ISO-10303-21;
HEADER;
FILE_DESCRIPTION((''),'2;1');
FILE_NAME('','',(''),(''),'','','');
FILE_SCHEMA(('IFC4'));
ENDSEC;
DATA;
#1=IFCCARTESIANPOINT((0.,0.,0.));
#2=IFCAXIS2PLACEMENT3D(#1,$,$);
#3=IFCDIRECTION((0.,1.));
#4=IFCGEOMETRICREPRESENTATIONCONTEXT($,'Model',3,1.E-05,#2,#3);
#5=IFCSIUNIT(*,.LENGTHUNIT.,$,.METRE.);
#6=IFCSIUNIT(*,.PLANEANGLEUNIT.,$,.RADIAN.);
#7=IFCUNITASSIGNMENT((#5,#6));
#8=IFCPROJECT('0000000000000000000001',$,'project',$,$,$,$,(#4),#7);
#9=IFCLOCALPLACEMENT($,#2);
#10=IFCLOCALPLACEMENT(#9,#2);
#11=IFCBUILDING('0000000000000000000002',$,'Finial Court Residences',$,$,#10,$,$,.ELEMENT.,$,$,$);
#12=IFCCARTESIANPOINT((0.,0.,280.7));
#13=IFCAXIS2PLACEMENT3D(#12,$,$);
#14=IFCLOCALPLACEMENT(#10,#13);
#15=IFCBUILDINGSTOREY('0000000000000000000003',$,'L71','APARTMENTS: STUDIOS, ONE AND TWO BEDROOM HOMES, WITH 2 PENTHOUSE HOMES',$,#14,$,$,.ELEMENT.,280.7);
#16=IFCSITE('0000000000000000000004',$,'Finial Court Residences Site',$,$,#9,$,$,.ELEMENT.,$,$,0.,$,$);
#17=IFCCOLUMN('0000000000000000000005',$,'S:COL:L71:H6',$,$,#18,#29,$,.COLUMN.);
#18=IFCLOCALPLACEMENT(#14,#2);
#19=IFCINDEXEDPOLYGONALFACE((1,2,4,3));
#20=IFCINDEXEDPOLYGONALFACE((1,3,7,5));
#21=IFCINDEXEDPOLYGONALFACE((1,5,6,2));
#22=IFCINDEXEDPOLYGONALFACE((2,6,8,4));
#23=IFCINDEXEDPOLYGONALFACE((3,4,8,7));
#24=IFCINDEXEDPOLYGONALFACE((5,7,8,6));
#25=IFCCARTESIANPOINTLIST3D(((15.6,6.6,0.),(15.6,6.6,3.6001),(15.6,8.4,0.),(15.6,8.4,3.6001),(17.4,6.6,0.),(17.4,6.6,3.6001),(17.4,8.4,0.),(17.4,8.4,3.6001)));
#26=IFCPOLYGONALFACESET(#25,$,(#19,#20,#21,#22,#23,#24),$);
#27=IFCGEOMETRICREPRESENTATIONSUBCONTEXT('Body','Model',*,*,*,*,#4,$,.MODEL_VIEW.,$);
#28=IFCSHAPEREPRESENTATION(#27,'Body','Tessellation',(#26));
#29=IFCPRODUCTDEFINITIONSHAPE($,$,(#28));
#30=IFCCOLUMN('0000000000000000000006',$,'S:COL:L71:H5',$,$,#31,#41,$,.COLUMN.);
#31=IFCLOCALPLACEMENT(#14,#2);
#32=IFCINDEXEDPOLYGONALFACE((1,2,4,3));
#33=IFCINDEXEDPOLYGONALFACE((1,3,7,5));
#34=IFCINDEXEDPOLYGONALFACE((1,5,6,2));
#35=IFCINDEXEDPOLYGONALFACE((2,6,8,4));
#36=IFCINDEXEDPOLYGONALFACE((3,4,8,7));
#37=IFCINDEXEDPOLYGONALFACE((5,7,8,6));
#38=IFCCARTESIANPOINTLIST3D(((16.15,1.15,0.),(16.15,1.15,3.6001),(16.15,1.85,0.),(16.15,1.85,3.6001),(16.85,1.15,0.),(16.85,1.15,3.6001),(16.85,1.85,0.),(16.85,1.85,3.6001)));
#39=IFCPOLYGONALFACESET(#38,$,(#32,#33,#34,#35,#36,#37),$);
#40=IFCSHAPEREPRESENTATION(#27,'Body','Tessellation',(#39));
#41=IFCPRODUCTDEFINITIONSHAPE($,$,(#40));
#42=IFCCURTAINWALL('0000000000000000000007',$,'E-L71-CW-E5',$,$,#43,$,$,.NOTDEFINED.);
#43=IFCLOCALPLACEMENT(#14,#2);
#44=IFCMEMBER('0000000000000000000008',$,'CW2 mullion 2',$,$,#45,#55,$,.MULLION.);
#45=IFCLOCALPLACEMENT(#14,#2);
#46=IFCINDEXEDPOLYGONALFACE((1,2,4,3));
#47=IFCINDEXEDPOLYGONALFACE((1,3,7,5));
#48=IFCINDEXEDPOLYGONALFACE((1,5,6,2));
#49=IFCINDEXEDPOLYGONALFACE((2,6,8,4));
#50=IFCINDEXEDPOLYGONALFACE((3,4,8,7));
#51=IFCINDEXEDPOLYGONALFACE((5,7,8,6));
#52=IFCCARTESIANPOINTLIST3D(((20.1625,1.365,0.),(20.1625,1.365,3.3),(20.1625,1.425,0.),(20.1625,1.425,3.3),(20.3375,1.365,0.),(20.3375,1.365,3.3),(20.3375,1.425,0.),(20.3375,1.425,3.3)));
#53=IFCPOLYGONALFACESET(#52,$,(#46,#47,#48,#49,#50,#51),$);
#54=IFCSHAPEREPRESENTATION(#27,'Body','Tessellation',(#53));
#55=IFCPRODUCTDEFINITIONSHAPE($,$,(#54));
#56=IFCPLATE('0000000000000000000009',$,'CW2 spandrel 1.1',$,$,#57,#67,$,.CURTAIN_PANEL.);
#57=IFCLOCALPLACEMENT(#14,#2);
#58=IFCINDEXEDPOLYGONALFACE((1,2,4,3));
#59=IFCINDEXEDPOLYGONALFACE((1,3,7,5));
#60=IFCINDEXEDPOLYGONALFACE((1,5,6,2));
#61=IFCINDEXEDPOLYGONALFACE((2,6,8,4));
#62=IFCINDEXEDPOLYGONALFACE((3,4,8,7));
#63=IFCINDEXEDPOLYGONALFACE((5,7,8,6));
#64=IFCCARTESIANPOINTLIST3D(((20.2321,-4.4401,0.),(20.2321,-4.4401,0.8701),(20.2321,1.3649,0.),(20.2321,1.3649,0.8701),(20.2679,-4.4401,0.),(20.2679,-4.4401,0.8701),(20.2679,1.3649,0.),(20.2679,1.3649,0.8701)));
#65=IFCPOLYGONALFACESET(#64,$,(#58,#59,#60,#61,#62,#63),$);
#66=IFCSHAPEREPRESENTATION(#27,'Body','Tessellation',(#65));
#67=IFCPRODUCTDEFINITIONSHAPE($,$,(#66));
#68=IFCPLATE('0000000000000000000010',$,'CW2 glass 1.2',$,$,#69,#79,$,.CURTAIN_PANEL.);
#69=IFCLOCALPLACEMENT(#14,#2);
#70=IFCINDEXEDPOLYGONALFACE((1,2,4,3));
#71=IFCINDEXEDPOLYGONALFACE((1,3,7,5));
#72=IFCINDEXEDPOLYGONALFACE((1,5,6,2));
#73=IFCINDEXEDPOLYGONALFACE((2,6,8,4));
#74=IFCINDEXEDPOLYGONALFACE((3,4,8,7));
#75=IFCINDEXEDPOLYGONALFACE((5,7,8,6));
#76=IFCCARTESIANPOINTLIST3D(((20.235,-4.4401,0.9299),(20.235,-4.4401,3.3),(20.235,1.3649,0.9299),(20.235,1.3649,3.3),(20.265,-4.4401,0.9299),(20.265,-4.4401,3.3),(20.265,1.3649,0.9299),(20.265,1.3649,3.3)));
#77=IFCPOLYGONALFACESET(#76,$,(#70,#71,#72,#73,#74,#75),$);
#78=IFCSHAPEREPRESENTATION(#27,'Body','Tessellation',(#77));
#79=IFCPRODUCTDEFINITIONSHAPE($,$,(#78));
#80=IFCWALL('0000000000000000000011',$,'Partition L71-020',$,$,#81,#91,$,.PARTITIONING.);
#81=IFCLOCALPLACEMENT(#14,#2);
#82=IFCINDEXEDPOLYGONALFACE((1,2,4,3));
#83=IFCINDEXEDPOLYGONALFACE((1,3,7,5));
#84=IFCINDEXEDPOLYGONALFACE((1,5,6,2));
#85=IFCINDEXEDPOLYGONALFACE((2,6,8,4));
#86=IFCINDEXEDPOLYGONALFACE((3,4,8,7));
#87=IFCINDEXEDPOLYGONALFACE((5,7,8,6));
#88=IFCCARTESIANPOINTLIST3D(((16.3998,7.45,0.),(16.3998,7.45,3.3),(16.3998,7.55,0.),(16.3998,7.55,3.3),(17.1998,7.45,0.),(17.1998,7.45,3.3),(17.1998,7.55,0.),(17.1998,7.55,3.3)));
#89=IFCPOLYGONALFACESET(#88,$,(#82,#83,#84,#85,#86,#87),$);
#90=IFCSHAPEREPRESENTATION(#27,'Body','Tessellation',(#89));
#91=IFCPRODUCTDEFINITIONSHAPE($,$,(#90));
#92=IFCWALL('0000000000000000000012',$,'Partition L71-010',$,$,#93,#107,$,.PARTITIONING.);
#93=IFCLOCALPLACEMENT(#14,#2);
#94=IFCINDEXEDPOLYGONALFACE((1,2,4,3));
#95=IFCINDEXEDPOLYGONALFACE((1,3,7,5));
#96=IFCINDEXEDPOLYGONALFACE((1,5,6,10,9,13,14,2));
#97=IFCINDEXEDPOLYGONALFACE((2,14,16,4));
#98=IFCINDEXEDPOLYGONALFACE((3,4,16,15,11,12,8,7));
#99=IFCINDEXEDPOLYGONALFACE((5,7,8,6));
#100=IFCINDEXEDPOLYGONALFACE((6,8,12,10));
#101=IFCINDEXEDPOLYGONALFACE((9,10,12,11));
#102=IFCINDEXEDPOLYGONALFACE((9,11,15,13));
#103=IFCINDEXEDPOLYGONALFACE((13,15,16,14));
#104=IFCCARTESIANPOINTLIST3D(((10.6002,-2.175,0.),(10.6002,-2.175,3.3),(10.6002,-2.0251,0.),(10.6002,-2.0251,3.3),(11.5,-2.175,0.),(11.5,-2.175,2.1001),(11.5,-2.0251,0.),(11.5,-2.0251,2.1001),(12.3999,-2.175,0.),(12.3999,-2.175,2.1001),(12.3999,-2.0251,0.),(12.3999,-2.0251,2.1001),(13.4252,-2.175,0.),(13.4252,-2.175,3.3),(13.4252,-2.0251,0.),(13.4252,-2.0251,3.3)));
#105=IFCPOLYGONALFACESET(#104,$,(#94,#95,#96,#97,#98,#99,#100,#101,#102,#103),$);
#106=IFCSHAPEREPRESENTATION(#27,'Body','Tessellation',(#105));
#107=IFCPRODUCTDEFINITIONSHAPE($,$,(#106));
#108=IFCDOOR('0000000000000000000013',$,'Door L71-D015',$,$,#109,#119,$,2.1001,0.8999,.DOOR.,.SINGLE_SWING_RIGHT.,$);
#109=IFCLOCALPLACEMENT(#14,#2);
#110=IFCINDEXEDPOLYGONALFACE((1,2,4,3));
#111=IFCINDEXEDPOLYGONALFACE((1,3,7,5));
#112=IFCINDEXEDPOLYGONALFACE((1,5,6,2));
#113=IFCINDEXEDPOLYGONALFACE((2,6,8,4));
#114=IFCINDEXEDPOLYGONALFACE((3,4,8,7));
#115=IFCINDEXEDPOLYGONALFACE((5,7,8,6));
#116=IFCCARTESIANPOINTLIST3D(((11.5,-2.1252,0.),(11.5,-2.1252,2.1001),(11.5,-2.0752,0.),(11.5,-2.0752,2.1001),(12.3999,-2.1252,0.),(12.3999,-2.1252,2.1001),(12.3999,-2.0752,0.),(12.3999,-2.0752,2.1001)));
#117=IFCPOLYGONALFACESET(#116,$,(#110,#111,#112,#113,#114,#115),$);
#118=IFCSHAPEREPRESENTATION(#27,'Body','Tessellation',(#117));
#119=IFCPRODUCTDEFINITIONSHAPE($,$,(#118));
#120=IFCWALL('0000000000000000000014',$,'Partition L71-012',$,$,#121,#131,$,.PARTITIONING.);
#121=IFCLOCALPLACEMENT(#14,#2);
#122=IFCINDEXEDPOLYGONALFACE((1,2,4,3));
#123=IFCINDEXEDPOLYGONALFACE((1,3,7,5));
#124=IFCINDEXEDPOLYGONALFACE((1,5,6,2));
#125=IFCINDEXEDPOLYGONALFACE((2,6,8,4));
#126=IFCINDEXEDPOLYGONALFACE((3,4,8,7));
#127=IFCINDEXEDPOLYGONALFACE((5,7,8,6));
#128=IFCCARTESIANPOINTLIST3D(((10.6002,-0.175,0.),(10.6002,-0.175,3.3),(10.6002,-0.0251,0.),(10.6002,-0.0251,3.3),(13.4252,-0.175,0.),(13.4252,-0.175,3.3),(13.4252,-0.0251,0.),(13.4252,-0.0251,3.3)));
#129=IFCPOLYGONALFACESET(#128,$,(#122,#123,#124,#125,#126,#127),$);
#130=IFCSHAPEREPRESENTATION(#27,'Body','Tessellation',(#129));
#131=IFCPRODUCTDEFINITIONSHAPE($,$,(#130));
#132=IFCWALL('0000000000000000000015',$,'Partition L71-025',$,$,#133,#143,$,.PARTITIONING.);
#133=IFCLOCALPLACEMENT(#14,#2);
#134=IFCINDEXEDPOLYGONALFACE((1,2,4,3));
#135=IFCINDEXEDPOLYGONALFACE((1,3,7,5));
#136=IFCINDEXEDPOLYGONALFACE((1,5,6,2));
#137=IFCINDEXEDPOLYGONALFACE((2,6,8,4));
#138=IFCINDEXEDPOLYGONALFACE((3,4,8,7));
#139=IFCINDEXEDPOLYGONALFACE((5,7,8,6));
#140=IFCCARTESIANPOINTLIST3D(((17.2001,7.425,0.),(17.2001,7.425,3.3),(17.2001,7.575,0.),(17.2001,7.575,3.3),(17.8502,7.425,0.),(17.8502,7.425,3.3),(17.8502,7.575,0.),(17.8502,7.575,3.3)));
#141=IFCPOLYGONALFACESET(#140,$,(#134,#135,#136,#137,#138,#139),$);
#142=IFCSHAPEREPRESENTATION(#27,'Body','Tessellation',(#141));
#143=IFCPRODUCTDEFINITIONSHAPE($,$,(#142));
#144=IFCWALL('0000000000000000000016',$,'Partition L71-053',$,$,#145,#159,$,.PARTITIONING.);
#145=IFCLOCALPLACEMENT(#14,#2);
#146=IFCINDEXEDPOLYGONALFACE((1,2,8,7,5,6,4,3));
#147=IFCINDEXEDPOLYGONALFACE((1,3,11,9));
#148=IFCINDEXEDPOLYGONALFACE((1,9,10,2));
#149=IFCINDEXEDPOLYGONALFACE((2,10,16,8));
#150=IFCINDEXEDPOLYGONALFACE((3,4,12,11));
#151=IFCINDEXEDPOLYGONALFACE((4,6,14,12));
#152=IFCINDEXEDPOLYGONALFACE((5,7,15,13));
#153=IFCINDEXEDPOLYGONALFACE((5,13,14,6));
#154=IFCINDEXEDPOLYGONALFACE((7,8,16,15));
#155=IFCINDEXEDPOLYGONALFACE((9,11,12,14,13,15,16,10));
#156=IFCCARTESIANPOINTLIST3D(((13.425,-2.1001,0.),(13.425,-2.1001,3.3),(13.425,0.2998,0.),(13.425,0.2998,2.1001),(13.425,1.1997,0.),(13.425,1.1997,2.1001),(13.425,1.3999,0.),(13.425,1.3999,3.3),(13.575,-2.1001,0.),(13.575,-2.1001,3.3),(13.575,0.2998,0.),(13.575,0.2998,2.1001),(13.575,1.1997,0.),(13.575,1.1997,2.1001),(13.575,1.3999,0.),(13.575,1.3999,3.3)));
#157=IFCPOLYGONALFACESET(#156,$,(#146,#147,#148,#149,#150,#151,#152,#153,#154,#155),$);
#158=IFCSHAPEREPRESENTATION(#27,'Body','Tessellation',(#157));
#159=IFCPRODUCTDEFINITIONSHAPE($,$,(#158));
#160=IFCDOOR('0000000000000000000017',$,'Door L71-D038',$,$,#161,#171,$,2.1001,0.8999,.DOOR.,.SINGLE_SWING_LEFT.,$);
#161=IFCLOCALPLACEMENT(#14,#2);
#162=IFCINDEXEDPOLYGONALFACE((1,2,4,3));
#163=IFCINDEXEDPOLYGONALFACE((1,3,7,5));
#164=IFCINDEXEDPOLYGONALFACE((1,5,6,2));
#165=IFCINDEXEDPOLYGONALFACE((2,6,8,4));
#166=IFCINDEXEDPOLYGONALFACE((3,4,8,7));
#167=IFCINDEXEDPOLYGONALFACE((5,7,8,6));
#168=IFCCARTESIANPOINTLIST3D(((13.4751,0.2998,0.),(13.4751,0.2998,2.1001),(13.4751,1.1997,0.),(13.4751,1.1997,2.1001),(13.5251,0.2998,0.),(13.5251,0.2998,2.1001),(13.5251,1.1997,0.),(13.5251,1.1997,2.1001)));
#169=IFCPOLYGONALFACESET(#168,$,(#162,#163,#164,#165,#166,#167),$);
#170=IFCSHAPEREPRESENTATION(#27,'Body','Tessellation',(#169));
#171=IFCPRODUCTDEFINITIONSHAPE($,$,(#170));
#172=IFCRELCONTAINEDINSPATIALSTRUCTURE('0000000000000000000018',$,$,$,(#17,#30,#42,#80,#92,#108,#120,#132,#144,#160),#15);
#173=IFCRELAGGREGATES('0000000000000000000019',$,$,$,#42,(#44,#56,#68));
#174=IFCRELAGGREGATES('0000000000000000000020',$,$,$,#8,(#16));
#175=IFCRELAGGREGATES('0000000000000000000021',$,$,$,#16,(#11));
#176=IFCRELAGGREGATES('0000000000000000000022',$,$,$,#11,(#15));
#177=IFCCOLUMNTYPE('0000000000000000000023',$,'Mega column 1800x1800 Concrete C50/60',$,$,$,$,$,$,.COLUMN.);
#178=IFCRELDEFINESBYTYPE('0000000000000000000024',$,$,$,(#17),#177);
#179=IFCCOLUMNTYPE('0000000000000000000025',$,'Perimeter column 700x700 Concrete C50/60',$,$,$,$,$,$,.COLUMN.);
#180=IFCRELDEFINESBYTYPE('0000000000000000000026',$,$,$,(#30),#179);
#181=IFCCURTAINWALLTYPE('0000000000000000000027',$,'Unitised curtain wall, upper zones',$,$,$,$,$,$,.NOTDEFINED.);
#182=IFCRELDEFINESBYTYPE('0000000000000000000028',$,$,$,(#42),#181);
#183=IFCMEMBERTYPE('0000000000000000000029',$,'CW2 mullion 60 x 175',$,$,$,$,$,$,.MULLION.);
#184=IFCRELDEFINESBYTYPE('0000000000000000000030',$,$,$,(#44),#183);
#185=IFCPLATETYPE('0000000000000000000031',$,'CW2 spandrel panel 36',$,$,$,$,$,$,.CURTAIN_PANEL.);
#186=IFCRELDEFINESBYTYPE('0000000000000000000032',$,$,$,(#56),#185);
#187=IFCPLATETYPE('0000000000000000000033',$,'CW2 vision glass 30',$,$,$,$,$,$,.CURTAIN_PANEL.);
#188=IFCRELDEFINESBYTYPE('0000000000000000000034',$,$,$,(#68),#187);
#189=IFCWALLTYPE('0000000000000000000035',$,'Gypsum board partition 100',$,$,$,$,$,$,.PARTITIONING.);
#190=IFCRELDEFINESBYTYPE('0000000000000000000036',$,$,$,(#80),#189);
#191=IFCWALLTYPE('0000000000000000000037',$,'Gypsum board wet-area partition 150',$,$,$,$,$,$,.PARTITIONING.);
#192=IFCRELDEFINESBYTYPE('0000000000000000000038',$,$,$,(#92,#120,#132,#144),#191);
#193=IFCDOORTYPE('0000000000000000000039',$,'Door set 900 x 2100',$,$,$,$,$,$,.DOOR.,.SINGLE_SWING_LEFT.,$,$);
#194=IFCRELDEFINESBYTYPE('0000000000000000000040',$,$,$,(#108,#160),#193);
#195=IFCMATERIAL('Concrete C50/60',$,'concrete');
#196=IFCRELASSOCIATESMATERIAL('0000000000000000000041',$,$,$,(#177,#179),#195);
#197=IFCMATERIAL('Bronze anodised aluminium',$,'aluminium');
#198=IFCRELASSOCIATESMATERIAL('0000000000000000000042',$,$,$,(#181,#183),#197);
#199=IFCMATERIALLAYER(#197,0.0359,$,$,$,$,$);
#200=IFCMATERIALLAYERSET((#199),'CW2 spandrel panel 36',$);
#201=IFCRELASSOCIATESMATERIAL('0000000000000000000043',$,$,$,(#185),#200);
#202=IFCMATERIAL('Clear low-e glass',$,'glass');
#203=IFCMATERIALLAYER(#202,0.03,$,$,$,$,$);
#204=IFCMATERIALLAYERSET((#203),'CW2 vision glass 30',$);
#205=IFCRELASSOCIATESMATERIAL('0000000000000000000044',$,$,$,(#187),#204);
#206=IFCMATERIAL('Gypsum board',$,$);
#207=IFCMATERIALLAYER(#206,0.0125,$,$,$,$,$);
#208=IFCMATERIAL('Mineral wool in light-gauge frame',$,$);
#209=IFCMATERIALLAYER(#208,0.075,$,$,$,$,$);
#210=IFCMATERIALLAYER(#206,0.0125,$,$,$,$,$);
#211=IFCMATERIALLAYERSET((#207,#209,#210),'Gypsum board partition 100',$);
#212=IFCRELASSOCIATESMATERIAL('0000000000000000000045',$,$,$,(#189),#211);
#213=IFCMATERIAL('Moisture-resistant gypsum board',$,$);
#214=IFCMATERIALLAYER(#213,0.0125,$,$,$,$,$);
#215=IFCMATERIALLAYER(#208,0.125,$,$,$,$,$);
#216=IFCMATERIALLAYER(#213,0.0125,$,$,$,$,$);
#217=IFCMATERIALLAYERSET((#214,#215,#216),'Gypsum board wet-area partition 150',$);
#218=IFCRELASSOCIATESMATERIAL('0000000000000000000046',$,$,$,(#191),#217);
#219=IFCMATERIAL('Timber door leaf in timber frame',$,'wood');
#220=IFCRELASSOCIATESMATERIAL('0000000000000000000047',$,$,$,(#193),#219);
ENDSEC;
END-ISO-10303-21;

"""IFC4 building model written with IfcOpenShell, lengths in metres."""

from ifc_helpers import new_model, si_unit, direction, frame, frame_2d, origin, origin_2d, place, context, subcontext, project, spatial, rectangle, extrude, material, layer, layer_set, material_profile, profile_set, type_object, element, fill, aggregate, save


model = new_model("IFC4")

# Units and contexts
model_context = context("Model", 3, precision=1e-05, world=origin(), true_north=direction((0.0, 1.0)))
body_context = subcontext(model_context, "Body", "Model", "MODEL_VIEW")
ifc_project = project(units=[si_unit("LENGTHUNIT", "METRE"), si_unit("PLANEANGLEUNIT", "RADIAN")], contexts=[model_context])

# Site, building, storey
site_placement = place(None, origin())
site = spatial("IfcSite", under=ifc_project, at=site_placement, Name="Finial Court Residences Site", CompositionType="ELEMENT", RefElevation=0.0)
building_placement = place(site_placement, origin())
building = spatial("IfcBuilding", under=site, at=building_placement, Name="Finial Court Residences", CompositionType="ELEMENT")
storey_placement = place(building_placement, frame((0.0, 0.0, 280.7)))
storey = spatial("IfcBuildingStorey", under=building, at=storey_placement, Name="L71", Description="APARTMENTS: STUDIOS, ONE AND TWO BEDROOM HOMES, WITH 2 PENTHOUSE HOMES", CompositionType="ELEMENT", Elevation=280.7)

# Columns
ifc_material_1 = material(Name="Concrete C50/60", Category="concrete")
ifc_material_profile_1 = material_profile(ifc_material_1, rectangle(XDim=1.8, YDim=1.8, at=origin_2d()), Name="1800x1800")
ifc_profile_set_1 = profile_set([ifc_material_profile_1], Name="Concrete C50/60")
column_type_1 = type_object("IfcColumnType", Name="Mega column 1800x1800 Concrete C50/60", PredefinedType="COLUMN", material=ifc_profile_set_1)
column_1_placement = place(storey_placement, frame((16.5, 7.5, 0.0), z_axis=(0.0, 0.0, 1.0), x_axis=(1.0, 0.0, 0.0)))
element("IfcColumn", 1, at=column_1_placement, inside=storey, type_object=column_type_1, Name="S:COL:L71:H6", PredefinedType="COLUMN", context=body_context, shape_type="SweptSolid", body=[
    extrude(rectangle(XDim=1.8, YDim=1.8, at=origin_2d()), origin(), (0.0, 0.0, 1.0), 3.6001),
])
ifc_material_profile_2 = material_profile(ifc_material_1, rectangle(XDim=0.7, YDim=0.7, at=origin_2d()), Name="700x700")
ifc_profile_set_2 = profile_set([ifc_material_profile_2], Name="Concrete C50/60")
column_type_2 = type_object("IfcColumnType", Name="Perimeter column 700x700 Concrete C50/60", PredefinedType="COLUMN", material=ifc_profile_set_2)
column_2_placement = place(storey_placement, frame((16.5, 1.5, 0.0), z_axis=(0.0, 0.0, 1.0), x_axis=(1.0, 0.0, 0.0)))
element("IfcColumn", 2, at=column_2_placement, inside=storey, type_object=column_type_2, Name="S:COL:L71:H5", PredefinedType="COLUMN", context=body_context, shape_type="SweptSolid", body=[
    extrude(rectangle(XDim=0.7, YDim=0.7, at=origin_2d()), origin(), (0.0, 0.0, 1.0), 3.6001),
])

# Curtain wall, member, plates
ifc_material_2 = material(Name="Bronze anodised aluminium", Category="aluminium")
curtain_wall_type = type_object("IfcCurtainWallType", Name="Unitised curtain wall, upper zones", PredefinedType="NOTDEFINED", material=ifc_material_2)
curtain_wall_placement = place(storey_placement, origin())
curtain_wall = element("IfcCurtainWall", 3, at=curtain_wall_placement, inside=storey, type_object=curtain_wall_type, Name="E-L71-CW-E5", PredefinedType="NOTDEFINED")
ifc_material_profile_3 = material_profile(ifc_material_2, rectangle(XDim=0.175, YDim=0.0601, at=origin_2d()), Name="CW2 mullion 60 x 175")
ifc_profile_set_3 = profile_set([ifc_material_profile_3], Name="Bronze anodised aluminium")
member_type = type_object("IfcMemberType", Name="CW2 mullion 60 x 175", PredefinedType="MULLION", material=ifc_profile_set_3)
member_placement = place(storey_placement, frame((20.25, 1.395, 0.0), z_axis=(0.0, 0.0, 1.0), x_axis=(-1.0, 0.0, 0.0)))
member = element("IfcMember", 4, at=member_placement, type_object=member_type, Name="CW2 mullion 2", PredefinedType="MULLION", context=body_context, shape_type="SweptSolid", body=[
    extrude(rectangle(XDim=0.175, YDim=0.0601, at=origin_2d()), origin(), (0.0, 0.0, 1.0), 3.3),
])
ifc_layer_1 = layer(ifc_material_2, 0.0359)
ifc_layer_set_1 = layer_set([ifc_layer_1], Name="CW2 spandrel panel 36")
plate_type_1 = type_object("IfcPlateType", Name="CW2 spandrel panel 36", PredefinedType="CURTAIN_PANEL", material=ifc_layer_set_1)
plate_1_placement = place(storey_placement, frame((20.25, -1.5376, 0.0), z_axis=(0.0, 0.0, 1.0), x_axis=(0.0, 1.0, 0.0)))
plate_1 = element("IfcPlate", 5, at=plate_1_placement, type_object=plate_type_1, Name="CW2 spandrel 1.1", PredefinedType="CURTAIN_PANEL", context=body_context, shape_type="SweptSolid", body=[
    extrude(rectangle(XDim=5.8049, YDim=0.0359, at=origin_2d()), origin(), (0.0, 0.0, 1.0), 0.8701),
])
ifc_material_3 = material(Name="Clear low-e glass", Category="glass")
ifc_layer_2 = layer(ifc_material_3, 0.03)
ifc_layer_set_2 = layer_set([ifc_layer_2], Name="CW2 vision glass 30")
plate_type_2 = type_object("IfcPlateType", Name="CW2 vision glass 30", PredefinedType="CURTAIN_PANEL", material=ifc_layer_set_2)
plate_2_placement = place(storey_placement, frame((20.25, -1.5376, 0.9299), z_axis=(0.0, 0.0, 1.0), x_axis=(0.0, 1.0, 0.0)))
plate_2 = element("IfcPlate", 6, at=plate_2_placement, type_object=plate_type_2, Name="CW2 glass 1.2", PredefinedType="CURTAIN_PANEL", context=body_context, shape_type="SweptSolid", body=[
    extrude(rectangle(XDim=5.8049, YDim=0.03, at=origin_2d()), origin(), (0.0, 0.0, 1.0), 2.3701),
])
aggregate(curtain_wall, [member, plate_1, plate_2])

# Wall
ifc_material_4 = material(Name="Gypsum board")
ifc_layer_3 = layer(ifc_material_4, 0.0125)
ifc_material_5 = material(Name="Mineral wool in light-gauge frame")
ifc_layer_4 = layer(ifc_material_5, 0.075)
ifc_layer_5 = layer(ifc_material_4, 0.0125)
ifc_layer_set_3 = layer_set([ifc_layer_3, ifc_layer_4, ifc_layer_5], Name="Gypsum board partition 100")
wall_type_1 = type_object("IfcWallType", Name="Gypsum board partition 100", PredefinedType="PARTITIONING", material=ifc_layer_set_3)
wall_1_placement = place(storey_placement, frame((16.3999, 7.5, 0.0), z_axis=(0.0, 0.0, 1.0), x_axis=(1.0, 0.0, 0.0)))
element("IfcWall", 7, at=wall_1_placement, inside=storey, type_object=wall_type_1, Name="Partition L71-020", PredefinedType="PARTITIONING", context=body_context, shape_type="SweptSolid", body=[
    extrude(rectangle(XDim=0.8, YDim=0.1001, at=frame_2d((0.3999, 0.0))), origin(), (0.0, 0.0, 1.0), 3.3),
])

# Wall, opening, door
ifc_material_6 = material(Name="Moisture-resistant gypsum board")
ifc_layer_6 = layer(ifc_material_6, 0.0125)
ifc_layer_7 = layer(ifc_material_5, 0.125)
ifc_layer_8 = layer(ifc_material_6, 0.0125)
ifc_layer_set_4 = layer_set([ifc_layer_6, ifc_layer_7, ifc_layer_8], Name="Gypsum board wet-area partition 150")
wall_type_2 = type_object("IfcWallType", Name="Gypsum board wet-area partition 150", PredefinedType="PARTITIONING", material=ifc_layer_set_4)
wall_2_placement = place(storey_placement, frame((10.6001, -2.1001, 0.0), z_axis=(0.0, 0.0, 1.0), x_axis=(1.0, 0.0, 0.0)))
wall_2 = element("IfcWall", 8, at=wall_2_placement, inside=storey, type_object=wall_type_2, Name="Partition L71-010", PredefinedType="PARTITIONING", context=body_context, shape_type="SweptSolid", body=[
    extrude(rectangle(XDim=2.825, YDim=0.1499, at=frame_2d((1.4126, 0.0))), origin(), (0.0, 0.0, 1.0), 3.3),
])
opening_1_placement = place(wall_2_placement, frame((0.8999, 0.0, 0.0)))
opening_1 = element("IfcOpeningElement", 9, at=opening_1_placement, cuts=wall_2, PredefinedType="OPENING", context=body_context, shape_type="SweptSolid", body=[
    extrude(rectangle(XDim=0.8999, YDim=2.1001, at=frame_2d((0.45, 1.05))), frame((0.0, 0.085, 0.0), z_axis=(0.0, -1.0, 0.0), x_axis=(1.0, 0.0, 0.0)), (0.0, 0.0, 1.0), 0.1699),
])
ifc_material_7 = material(Name="Timber door leaf in timber frame", Category="wood")
door_type_1 = type_object("IfcDoorType", Name="Door set 900 x 2100", OperationType="SINGLE_SWING_LEFT", PredefinedType="DOOR", material=ifc_material_7)
door_1_placement = place(opening_1_placement, origin())
door_1 = element("IfcDoor", 10, at=door_1_placement, inside=storey, type_object=door_type_1, Name="Door L71-D015", OperationType="SINGLE_SWING_RIGHT", OverallHeight=2.1001, OverallWidth=0.8999, PredefinedType="DOOR", context=body_context, shape_type="SweptSolid", body=[
    extrude(rectangle(XDim=0.8999, YDim=2.1001, at=frame_2d((0.45, 1.05))), frame((0.0, 0.0249, 0.0), z_axis=(0.0, -1.0, 0.0), x_axis=(1.0, 0.0, 0.0)), (0.0, 0.0, 1.0), 0.05),
])
fill(opening_1, door_1)

# Walls
wall_3_placement = place(storey_placement, frame((10.6001, -0.1001, 0.0), z_axis=(0.0, 0.0, 1.0), x_axis=(1.0, 0.0, 0.0)))
element("IfcWall", 11, at=wall_3_placement, inside=storey, type_object=wall_type_2, Name="Partition L71-012", PredefinedType="PARTITIONING", context=body_context, shape_type="SweptSolid", body=[
    extrude(rectangle(XDim=2.825, YDim=0.1499, at=frame_2d((1.4126, 0.0))), origin(), (0.0, 0.0, 1.0), 3.3),
])
wall_4_placement = place(storey_placement, frame((17.2, 7.5, 0.0), z_axis=(0.0, 0.0, 1.0), x_axis=(1.0, 0.0, 0.0)))
element("IfcWall", 12, at=wall_4_placement, inside=storey, type_object=wall_type_2, Name="Partition L71-025", PredefinedType="PARTITIONING", context=body_context, shape_type="SweptSolid", body=[
    extrude(rectangle(XDim=0.6501, YDim=0.1499, at=frame_2d((0.3252, 0.0))), origin(), (0.0, 0.0, 1.0), 3.3),
])

# Wall, opening, door
wall_5_placement = place(storey_placement, frame((13.5, -2.1001, 0.0), z_axis=(0.0, 0.0, 1.0), x_axis=(0.0, 1.0, 0.0)))
wall_5 = element("IfcWall", 13, at=wall_5_placement, inside=storey, type_object=wall_type_2, Name="Partition L71-053", PredefinedType="PARTITIONING", context=body_context, shape_type="SweptSolid", body=[
    extrude(rectangle(XDim=3.5, YDim=0.1499, at=frame_2d((1.75, 0.0))), origin(), (0.0, 0.0, 1.0), 3.3),
])
opening_2_placement = place(wall_5_placement, frame((2.3999, 0.0, 0.0)))
opening_2 = element("IfcOpeningElement", 14, at=opening_2_placement, cuts=wall_5, PredefinedType="OPENING", context=body_context, shape_type="SweptSolid", body=[
    extrude(rectangle(XDim=0.8999, YDim=2.1001, at=frame_2d((0.45, 1.05))), frame((0.0, 0.085, 0.0), z_axis=(0.0, -1.0, 0.0), x_axis=(1.0, 0.0, 0.0)), (0.0, 0.0, 1.0), 0.1699),
])
door_2_placement = place(opening_2_placement, origin())
door_2 = element("IfcDoor", 15, at=door_2_placement, inside=storey, type_object=door_type_1, Name="Door L71-D038", OperationType="SINGLE_SWING_LEFT", OverallHeight=2.1001, OverallWidth=0.8999, PredefinedType="DOOR", context=body_context, shape_type="SweptSolid", body=[
    extrude(rectangle(XDim=0.8999, YDim=2.1001, at=frame_2d((0.45, 1.05))), frame((0.0, 0.0249, 0.0), z_axis=(0.0, -1.0, 0.0), x_axis=(1.0, 0.0, 0.0)), (0.0, 0.0, 1.0), 0.05),
])
fill(opening_2, door_2)

save(model, "model.ifc")
